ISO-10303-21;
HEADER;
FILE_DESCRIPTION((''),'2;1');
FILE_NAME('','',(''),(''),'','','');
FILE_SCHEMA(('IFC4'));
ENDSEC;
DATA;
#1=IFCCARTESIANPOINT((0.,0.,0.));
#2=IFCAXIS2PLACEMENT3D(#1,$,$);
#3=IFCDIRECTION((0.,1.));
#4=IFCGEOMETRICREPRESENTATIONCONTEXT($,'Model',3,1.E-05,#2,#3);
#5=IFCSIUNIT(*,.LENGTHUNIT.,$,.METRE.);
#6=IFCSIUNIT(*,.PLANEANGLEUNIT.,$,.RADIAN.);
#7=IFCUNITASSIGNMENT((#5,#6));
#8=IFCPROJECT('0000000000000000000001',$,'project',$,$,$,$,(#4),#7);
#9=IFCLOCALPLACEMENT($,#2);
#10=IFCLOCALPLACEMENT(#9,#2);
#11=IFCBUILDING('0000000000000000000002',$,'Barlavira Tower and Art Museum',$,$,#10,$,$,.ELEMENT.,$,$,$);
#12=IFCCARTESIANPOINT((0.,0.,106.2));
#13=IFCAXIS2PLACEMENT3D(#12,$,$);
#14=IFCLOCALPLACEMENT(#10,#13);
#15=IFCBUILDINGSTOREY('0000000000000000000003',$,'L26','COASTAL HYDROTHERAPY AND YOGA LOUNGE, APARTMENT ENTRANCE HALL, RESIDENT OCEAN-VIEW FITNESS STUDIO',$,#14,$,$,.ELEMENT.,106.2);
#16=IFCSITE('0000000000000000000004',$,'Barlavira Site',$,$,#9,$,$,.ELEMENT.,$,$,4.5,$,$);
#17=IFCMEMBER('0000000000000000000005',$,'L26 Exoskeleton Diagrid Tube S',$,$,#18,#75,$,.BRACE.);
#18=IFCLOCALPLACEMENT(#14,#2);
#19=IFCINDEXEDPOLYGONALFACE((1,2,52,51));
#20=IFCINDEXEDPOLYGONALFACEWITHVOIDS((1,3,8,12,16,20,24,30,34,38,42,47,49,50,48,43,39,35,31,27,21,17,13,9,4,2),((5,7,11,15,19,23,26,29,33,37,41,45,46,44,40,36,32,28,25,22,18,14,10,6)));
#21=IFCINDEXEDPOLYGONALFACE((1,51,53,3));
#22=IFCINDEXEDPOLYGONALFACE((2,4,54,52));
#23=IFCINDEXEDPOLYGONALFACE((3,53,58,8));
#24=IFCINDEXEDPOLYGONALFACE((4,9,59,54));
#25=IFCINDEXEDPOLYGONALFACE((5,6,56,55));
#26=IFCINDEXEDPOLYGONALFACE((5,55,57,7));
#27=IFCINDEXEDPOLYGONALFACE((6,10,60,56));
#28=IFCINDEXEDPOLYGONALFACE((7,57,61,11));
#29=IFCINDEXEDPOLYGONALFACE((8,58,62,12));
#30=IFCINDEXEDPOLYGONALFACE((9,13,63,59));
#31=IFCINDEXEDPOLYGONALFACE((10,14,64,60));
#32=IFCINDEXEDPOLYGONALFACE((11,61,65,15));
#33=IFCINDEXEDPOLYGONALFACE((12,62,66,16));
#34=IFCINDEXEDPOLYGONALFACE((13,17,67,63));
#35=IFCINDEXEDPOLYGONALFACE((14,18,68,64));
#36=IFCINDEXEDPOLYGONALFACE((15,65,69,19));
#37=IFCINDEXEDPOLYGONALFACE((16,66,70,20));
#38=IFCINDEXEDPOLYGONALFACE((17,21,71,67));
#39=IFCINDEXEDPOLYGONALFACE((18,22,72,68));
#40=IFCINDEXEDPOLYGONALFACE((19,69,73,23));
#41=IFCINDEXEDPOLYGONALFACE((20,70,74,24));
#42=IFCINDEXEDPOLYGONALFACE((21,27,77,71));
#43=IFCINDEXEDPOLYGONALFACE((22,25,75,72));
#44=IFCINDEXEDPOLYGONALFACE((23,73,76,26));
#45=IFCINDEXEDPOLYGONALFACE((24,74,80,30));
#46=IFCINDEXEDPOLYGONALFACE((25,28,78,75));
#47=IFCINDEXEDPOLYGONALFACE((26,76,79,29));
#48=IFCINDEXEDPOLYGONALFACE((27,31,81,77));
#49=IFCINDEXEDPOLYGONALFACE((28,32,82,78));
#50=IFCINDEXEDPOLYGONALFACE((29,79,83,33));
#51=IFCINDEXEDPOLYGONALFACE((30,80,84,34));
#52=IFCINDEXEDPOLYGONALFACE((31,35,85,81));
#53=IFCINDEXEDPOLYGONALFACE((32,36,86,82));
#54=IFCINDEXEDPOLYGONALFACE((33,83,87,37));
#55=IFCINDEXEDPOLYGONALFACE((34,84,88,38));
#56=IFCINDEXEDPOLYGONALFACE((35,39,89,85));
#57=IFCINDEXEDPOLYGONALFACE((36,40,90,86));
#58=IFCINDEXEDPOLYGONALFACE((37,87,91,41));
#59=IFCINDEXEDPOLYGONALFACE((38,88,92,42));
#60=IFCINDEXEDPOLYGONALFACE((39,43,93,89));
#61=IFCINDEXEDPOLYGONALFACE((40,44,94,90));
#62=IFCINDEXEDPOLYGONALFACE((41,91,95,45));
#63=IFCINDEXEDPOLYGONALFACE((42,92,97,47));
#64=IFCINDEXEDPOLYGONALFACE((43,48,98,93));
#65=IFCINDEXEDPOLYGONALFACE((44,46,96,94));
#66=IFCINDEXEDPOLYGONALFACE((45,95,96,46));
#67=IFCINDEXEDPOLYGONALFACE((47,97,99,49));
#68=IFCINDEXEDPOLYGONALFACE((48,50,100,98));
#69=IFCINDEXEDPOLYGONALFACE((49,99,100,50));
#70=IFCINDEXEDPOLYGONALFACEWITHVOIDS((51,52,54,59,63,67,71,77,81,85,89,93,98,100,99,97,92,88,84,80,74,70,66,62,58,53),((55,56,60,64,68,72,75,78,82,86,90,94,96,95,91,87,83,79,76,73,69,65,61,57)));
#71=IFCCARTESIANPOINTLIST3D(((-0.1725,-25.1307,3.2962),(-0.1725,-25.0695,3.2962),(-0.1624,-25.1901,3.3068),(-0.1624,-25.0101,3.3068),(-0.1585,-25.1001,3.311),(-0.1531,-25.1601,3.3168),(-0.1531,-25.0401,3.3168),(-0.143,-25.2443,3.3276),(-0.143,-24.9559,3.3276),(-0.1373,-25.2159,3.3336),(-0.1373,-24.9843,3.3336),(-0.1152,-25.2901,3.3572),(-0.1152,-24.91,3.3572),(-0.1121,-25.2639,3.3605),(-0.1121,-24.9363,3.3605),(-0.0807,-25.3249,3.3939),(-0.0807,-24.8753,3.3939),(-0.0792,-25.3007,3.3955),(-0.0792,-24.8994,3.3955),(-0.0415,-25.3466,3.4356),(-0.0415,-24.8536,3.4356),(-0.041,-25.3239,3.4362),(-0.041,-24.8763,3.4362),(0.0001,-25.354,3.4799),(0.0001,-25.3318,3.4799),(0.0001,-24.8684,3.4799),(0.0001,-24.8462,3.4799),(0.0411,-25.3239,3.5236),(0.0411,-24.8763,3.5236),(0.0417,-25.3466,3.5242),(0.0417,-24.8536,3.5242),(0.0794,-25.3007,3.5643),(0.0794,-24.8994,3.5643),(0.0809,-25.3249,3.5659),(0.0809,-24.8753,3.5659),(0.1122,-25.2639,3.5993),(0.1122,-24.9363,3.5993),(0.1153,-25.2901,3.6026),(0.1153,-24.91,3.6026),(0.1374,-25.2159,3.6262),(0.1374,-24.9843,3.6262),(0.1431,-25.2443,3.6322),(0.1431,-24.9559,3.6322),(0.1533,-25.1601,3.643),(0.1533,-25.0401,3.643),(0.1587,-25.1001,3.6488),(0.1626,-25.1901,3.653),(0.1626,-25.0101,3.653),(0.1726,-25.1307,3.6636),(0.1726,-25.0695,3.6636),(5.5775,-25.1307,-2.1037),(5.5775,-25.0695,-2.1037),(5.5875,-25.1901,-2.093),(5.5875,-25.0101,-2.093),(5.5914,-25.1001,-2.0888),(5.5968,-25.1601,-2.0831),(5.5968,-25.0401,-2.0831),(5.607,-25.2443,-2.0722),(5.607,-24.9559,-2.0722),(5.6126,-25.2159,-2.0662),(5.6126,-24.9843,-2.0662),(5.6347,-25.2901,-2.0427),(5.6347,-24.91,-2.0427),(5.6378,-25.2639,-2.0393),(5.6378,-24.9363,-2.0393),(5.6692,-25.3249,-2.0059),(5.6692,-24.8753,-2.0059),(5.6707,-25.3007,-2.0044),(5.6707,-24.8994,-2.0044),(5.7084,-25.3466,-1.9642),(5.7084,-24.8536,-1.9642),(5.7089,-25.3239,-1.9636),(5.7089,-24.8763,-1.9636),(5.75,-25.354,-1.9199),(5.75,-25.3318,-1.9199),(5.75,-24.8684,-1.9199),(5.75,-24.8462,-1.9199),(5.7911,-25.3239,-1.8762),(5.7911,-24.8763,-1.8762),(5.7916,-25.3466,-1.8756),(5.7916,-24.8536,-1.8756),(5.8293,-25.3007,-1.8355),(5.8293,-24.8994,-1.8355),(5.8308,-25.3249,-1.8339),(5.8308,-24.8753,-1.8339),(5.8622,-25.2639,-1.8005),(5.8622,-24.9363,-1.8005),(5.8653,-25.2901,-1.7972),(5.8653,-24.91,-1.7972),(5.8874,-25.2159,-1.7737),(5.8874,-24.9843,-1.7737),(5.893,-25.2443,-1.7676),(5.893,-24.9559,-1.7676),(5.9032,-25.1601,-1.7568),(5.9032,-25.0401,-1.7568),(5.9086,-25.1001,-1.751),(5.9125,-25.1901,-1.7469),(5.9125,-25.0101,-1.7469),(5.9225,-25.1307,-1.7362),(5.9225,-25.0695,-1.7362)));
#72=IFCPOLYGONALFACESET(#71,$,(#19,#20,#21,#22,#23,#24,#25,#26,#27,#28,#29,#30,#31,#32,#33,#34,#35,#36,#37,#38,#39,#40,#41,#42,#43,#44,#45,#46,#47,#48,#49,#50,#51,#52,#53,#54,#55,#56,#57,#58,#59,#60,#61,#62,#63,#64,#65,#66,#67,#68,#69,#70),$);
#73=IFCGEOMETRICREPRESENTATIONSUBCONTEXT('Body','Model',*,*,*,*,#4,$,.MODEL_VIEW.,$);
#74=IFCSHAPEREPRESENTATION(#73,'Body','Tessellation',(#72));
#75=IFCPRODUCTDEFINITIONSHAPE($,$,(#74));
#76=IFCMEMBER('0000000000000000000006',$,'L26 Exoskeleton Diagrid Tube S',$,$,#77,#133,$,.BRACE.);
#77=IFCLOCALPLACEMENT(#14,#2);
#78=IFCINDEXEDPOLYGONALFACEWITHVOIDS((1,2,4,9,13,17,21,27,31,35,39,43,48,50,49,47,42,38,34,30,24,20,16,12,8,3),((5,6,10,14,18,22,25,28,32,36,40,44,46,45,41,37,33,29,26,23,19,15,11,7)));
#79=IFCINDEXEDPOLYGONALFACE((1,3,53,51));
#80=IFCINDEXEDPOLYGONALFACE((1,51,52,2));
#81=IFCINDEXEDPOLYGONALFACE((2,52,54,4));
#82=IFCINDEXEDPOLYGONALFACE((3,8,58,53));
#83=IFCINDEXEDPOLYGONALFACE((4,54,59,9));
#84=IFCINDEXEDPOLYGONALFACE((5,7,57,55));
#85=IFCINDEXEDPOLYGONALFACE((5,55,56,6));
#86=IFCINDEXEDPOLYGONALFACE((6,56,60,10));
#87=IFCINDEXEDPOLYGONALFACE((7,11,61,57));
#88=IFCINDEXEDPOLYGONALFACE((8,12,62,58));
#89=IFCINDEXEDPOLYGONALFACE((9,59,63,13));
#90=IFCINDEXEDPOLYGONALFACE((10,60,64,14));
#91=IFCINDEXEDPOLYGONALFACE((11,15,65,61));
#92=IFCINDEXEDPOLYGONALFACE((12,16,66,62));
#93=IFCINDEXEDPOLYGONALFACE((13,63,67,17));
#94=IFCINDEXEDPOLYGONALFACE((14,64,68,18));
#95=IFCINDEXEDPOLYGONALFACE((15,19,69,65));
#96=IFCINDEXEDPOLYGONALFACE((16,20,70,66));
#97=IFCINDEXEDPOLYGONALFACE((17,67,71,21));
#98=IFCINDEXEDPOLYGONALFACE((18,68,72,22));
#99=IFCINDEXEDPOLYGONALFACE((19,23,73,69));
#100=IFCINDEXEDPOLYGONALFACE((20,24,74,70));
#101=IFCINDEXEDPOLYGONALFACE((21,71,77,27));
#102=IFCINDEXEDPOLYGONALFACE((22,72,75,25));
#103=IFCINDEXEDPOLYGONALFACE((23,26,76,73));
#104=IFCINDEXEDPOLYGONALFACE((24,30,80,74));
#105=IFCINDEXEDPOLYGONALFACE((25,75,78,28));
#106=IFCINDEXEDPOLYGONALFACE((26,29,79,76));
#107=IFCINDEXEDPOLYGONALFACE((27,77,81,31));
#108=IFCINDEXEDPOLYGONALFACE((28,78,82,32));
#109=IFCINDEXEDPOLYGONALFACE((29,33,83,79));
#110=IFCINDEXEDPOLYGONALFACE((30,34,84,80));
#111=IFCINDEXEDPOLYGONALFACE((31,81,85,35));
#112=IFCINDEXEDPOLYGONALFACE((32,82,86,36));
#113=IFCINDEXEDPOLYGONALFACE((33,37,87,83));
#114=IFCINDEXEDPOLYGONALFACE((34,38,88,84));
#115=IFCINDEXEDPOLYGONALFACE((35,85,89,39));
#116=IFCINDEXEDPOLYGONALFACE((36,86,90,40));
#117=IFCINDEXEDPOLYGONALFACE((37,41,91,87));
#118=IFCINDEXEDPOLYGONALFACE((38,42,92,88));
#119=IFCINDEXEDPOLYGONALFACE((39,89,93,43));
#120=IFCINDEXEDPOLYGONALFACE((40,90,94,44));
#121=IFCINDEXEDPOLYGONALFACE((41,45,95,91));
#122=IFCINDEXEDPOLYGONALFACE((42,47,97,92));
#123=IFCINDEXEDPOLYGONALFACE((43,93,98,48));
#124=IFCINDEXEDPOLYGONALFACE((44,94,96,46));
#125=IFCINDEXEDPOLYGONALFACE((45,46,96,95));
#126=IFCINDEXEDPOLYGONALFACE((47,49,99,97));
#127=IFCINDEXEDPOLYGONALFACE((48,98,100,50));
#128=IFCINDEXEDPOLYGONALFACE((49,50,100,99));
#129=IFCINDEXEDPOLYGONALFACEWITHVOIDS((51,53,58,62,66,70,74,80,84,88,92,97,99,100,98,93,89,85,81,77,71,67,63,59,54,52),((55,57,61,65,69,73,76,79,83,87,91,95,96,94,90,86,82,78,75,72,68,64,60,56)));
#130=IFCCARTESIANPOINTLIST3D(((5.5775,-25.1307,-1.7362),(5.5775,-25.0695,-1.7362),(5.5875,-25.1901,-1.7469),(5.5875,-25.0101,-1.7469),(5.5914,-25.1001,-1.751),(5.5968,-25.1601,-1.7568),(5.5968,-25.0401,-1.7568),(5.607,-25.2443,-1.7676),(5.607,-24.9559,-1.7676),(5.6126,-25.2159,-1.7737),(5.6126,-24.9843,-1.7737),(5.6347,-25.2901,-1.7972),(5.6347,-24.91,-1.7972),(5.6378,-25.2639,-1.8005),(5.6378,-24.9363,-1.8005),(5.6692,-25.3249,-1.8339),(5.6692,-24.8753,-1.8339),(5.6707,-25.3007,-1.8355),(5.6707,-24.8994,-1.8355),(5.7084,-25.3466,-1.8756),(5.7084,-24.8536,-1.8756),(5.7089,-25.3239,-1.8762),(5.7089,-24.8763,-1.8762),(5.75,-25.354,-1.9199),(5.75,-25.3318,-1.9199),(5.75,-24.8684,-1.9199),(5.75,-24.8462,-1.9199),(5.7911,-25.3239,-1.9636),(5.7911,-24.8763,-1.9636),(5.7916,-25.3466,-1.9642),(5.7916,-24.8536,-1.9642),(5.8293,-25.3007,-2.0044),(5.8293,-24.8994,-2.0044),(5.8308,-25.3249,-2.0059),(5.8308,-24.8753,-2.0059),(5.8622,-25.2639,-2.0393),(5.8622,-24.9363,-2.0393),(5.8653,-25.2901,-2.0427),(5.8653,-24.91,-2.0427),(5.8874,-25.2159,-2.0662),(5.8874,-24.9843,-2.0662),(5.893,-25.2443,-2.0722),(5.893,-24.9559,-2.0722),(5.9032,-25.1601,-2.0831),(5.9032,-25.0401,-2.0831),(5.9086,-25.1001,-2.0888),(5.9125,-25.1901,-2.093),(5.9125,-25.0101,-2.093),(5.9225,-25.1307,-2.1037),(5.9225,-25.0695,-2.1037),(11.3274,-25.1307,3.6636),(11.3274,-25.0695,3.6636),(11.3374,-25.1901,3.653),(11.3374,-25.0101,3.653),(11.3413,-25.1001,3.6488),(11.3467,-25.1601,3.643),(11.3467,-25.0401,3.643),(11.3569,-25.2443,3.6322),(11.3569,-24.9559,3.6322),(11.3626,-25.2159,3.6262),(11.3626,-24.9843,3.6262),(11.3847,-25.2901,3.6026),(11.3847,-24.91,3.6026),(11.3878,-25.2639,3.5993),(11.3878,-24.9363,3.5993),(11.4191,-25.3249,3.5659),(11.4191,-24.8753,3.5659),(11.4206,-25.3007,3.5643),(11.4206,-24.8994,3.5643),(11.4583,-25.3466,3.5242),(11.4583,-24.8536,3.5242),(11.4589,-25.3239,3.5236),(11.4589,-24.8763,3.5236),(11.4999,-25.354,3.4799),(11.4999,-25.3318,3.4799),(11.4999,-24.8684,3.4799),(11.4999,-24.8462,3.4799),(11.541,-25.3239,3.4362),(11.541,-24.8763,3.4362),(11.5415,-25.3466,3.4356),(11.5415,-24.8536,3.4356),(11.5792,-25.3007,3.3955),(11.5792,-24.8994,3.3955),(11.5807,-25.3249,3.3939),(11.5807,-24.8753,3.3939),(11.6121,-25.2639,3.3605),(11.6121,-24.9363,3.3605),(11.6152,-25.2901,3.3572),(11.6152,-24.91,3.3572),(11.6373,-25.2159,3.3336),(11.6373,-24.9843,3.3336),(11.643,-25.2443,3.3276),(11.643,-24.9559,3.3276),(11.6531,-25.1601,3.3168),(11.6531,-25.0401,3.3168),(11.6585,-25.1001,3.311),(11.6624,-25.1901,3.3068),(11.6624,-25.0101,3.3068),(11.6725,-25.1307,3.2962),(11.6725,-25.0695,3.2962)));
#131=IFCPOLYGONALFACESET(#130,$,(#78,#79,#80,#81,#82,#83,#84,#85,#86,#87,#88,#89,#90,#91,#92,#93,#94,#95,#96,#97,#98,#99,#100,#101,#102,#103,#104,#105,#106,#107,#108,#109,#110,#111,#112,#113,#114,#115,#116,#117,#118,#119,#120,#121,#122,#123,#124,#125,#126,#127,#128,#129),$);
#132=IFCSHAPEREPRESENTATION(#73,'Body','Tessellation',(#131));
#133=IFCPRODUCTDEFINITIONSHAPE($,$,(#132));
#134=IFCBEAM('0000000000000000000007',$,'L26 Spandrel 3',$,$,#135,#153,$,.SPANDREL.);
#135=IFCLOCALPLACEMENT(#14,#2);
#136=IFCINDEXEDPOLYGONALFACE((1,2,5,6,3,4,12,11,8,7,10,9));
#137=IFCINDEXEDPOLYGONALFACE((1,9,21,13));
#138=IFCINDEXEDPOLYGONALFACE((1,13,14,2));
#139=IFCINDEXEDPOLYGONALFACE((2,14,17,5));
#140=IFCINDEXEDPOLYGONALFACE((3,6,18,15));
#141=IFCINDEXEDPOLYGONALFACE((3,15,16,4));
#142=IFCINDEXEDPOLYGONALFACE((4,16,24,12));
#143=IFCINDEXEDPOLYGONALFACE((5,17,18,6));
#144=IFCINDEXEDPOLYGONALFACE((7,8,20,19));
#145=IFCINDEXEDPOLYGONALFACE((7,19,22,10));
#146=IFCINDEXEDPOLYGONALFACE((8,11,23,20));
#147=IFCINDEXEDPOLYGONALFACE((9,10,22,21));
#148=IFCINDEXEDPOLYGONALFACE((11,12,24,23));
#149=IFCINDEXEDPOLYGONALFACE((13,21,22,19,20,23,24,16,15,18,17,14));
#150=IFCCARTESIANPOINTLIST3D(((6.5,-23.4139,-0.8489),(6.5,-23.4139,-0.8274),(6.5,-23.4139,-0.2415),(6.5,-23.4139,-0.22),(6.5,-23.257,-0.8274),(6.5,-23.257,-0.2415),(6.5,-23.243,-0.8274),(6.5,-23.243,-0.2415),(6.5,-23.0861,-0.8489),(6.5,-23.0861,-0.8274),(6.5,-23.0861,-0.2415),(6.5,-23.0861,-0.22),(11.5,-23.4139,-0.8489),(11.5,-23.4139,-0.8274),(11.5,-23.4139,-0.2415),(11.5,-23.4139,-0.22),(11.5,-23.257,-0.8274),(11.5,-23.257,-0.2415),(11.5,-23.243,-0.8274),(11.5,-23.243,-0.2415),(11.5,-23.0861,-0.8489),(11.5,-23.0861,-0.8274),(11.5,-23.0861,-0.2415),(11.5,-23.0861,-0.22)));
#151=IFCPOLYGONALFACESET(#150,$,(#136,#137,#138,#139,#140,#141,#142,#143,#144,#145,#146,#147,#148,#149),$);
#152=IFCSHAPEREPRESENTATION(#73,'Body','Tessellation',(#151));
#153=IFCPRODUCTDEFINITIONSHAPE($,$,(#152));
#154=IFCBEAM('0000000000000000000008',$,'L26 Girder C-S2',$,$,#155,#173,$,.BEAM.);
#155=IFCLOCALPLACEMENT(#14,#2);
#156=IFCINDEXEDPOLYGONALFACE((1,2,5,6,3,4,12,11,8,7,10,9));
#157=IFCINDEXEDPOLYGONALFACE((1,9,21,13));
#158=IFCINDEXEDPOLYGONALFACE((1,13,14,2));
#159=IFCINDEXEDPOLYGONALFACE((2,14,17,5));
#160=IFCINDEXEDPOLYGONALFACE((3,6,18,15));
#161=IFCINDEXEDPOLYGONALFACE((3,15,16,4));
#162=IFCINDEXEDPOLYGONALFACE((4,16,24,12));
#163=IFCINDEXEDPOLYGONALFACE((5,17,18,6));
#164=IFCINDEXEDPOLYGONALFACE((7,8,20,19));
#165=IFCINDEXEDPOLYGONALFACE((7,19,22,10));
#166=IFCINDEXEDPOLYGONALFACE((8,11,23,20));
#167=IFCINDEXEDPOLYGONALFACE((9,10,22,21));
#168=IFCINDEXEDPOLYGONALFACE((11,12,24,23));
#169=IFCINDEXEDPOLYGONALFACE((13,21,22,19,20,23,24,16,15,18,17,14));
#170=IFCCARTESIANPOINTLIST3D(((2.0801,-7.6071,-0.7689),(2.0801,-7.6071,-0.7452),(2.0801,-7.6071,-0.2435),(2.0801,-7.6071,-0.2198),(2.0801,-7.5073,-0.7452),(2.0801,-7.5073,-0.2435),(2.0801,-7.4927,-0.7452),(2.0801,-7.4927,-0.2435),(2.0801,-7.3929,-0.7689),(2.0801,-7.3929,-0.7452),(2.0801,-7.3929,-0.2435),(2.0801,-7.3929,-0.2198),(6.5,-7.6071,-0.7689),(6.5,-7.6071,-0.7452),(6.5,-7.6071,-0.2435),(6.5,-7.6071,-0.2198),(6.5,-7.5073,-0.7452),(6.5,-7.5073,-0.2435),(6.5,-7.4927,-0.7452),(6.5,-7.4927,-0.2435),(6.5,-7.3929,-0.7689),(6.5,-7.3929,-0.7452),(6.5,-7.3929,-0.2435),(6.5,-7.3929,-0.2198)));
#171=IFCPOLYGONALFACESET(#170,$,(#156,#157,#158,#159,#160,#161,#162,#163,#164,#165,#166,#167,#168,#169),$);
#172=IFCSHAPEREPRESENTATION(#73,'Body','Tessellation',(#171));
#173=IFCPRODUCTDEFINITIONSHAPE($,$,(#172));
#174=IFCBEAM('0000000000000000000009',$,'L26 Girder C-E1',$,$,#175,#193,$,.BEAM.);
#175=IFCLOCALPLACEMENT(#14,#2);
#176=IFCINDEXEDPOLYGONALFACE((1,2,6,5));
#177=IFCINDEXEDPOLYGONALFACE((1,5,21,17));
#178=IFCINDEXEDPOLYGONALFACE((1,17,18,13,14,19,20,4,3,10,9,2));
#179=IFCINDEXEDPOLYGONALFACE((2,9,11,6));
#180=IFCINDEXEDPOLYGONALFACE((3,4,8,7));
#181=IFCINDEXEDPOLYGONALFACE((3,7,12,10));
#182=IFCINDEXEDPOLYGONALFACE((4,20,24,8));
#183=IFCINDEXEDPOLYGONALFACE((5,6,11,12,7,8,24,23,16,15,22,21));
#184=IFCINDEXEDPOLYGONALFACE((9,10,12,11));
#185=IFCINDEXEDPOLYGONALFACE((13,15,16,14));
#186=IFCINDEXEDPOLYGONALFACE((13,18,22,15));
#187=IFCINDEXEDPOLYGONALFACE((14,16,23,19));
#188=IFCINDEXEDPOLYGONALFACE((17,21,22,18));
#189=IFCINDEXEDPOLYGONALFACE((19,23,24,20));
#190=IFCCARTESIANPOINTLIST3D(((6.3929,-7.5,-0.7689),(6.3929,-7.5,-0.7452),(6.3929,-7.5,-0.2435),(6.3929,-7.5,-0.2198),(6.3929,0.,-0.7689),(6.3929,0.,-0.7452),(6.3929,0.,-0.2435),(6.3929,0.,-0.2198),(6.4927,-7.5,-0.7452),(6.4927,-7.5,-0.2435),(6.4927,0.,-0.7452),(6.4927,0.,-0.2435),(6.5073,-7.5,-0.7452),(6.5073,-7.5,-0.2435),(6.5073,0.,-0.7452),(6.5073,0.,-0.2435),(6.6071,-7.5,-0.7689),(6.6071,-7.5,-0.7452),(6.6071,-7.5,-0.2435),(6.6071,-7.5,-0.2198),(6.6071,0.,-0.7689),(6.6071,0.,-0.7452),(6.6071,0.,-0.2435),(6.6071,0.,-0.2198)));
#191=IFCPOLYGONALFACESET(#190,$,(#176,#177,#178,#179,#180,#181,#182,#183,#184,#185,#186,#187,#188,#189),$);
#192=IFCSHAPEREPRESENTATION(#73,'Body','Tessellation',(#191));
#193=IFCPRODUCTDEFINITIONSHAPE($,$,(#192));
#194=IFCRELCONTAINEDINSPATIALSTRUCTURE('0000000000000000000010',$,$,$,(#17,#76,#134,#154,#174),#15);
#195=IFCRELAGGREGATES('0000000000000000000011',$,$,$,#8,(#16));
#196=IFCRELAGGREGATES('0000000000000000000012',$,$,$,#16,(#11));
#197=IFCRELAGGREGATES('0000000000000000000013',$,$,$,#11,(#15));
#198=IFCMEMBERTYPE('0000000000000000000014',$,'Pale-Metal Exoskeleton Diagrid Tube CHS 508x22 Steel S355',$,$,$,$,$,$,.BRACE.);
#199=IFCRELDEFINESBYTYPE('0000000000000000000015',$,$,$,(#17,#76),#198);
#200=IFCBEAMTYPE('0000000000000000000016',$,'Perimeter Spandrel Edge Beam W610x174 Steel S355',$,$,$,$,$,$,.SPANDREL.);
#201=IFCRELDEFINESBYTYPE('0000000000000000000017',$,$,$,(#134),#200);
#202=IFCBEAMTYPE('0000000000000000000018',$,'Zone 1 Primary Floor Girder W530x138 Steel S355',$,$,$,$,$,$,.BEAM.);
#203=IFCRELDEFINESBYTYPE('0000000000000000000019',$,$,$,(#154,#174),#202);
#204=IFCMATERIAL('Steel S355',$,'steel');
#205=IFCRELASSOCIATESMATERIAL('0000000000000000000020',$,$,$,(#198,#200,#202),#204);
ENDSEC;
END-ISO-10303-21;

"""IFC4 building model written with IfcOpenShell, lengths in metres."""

from ifc_helpers import new_model, si_unit, direction, frame, origin, origin_2d, place, context, subcontext, project, spatial, hollow_circle, i_section, extrude, material, material_profile, profile_set, type_object, element, save


model = new_model("IFC4")

# Units and contexts
model_context = context("Model", 3, precision=1e-05, world=origin(), true_north=direction((0.0, 1.0)))
body_context = subcontext(model_context, "Body", "Model", "MODEL_VIEW")
ifc_project = project(units=[si_unit("LENGTHUNIT", "METRE"), si_unit("PLANEANGLEUNIT", "RADIAN")], contexts=[model_context])

# Site, building, storey
site_placement = place(None, origin())
site = spatial("IfcSite", under=ifc_project, at=site_placement, Name="Barlavira Site", CompositionType="ELEMENT", RefElevation=4.5)
building_placement = place(site_placement, origin())
building = spatial("IfcBuilding", under=site, at=building_placement, Name="Barlavira Tower and Art Museum", CompositionType="ELEMENT")
storey_placement = place(building_placement, frame((0.0, 0.0, 106.2)))
storey = spatial("IfcBuildingStorey", under=building, at=storey_placement, Name="L26", Description="COASTAL HYDROTHERAPY AND YOGA LOUNGE, APARTMENT ENTRANCE HALL, RESIDENT OCEAN-VIEW FITNESS STUDIO", CompositionType="ELEMENT", Elevation=106.2)

# Shared definitions
ifc_material_1 = material(Name="Steel S355", Category="steel")

# Members
ifc_material_profile_1 = material_profile(ifc_material_1, hollow_circle(Radius=0.2539, WallThickness=0.0222, at=origin_2d()), Name="CHS 508.0x22.2")
ifc_profile_set_1 = profile_set([ifc_material_profile_1], Name="Steel S355")
member_type_1 = type_object("IfcMemberType", Name="Pale-Metal Exoskeleton Diagrid Tube CHS 508x22 Steel S355", PredefinedType="BRACE", material=ifc_profile_set_1)
for number, where, z_axis, x_axis, name in (
    (1, (5.75, -25.1001, -1.9199), (-0.72895, 0.0, 0.684567), (0.0, -1.0, 0.0), "L26 Exoskeleton Diagrid Tube S"),
    (2, (5.75, -25.1001, -1.9199), (0.72895, 0.0, 0.684567), (0.0, 1.0, 0.0), "L26 Exoskeleton Diagrid Tube S"),
):
    element("IfcMember", number, at=place(storey_placement, frame(where, z_axis=z_axis, x_axis=x_axis)), inside=storey, type_object=member_type_1, Name=name, PredefinedType="BRACE", context=body_context, shape_type="SweptSolid", body=[
        extrude(hollow_circle(Radius=0.2539, WallThickness=0.0222, at=origin_2d()), origin(), (0.0, 0.0, 1.0), 7.8879),
    ])

# Beams
ifc_material_profile_2 = material_profile(ifc_material_1, i_section(OverallWidth=0.3279, OverallDepth=0.6289, WebThickness=0.0139, FlangeThickness=0.0215, at=origin_2d()), Name="W610x174.0")
ifc_profile_set_2 = profile_set([ifc_material_profile_2], Name="Steel S355")
beam_type_1 = type_object("IfcBeamType", Name="Perimeter Spandrel Edge Beam W610x174 Steel S355", PredefinedType="SPANDREL", material=ifc_profile_set_2)
beam_1_placement = place(storey_placement, frame((6.5, -23.25, -0.5344), z_axis=(1.0, 0.0, 0.0), x_axis=(0.0, 1.0, 0.0)))
element("IfcBeam", 3, at=beam_1_placement, inside=storey, type_object=beam_type_1, Name="L26 Spandrel 3", PredefinedType="SPANDREL", context=body_context, shape_type="SweptSolid", body=[
    extrude(i_section(OverallWidth=0.3279, OverallDepth=0.6289, WebThickness=0.0139, FlangeThickness=0.0215, at=origin_2d()), origin(), (0.0, 0.0, 1.0), 5.0),
])
ifc_material_profile_3 = material_profile(ifc_material_1, i_section(OverallWidth=0.2141, OverallDepth=0.5491, WebThickness=0.0146, FlangeThickness=0.0237, at=origin_2d()), Name="W530x138.0")
ifc_profile_set_3 = profile_set([ifc_material_profile_3], Name="Steel S355")
beam_type_2 = type_object("IfcBeamType", Name="Zone 1 Primary Floor Girder W530x138 Steel S355", PredefinedType="BEAM", material=ifc_profile_set_3)
beam_2_placement = place(storey_placement, frame((2.0801, -7.5, -0.4944), z_axis=(1.0, 0.0, 0.0), x_axis=(0.0, 1.0, 0.0)))
element("IfcBeam", 4, at=beam_2_placement, inside=storey, type_object=beam_type_2, Name="L26 Girder C-S2", PredefinedType="BEAM", context=body_context, shape_type="SweptSolid", body=[
    extrude(i_section(OverallWidth=0.2141, OverallDepth=0.5491, WebThickness=0.0146, FlangeThickness=0.0237, at=origin_2d()), origin(), (0.0, 0.0, 1.0), 4.4199),
])
beam_3_placement = place(storey_placement, frame((6.5, -7.5, -0.4944), z_axis=(0.0, 1.0, 0.0), x_axis=(-1.0, 0.0, 0.0)))
element("IfcBeam", 5, at=beam_3_placement, inside=storey, type_object=beam_type_2, Name="L26 Girder C-E1", PredefinedType="BEAM", context=body_context, shape_type="SweptSolid", body=[
    extrude(i_section(OverallWidth=0.2141, OverallDepth=0.5491, WebThickness=0.0146, FlangeThickness=0.0237, at=origin_2d()), origin(), (0.0, 0.0, 1.0), 7.5),
])

save(model, "model.ifc")
